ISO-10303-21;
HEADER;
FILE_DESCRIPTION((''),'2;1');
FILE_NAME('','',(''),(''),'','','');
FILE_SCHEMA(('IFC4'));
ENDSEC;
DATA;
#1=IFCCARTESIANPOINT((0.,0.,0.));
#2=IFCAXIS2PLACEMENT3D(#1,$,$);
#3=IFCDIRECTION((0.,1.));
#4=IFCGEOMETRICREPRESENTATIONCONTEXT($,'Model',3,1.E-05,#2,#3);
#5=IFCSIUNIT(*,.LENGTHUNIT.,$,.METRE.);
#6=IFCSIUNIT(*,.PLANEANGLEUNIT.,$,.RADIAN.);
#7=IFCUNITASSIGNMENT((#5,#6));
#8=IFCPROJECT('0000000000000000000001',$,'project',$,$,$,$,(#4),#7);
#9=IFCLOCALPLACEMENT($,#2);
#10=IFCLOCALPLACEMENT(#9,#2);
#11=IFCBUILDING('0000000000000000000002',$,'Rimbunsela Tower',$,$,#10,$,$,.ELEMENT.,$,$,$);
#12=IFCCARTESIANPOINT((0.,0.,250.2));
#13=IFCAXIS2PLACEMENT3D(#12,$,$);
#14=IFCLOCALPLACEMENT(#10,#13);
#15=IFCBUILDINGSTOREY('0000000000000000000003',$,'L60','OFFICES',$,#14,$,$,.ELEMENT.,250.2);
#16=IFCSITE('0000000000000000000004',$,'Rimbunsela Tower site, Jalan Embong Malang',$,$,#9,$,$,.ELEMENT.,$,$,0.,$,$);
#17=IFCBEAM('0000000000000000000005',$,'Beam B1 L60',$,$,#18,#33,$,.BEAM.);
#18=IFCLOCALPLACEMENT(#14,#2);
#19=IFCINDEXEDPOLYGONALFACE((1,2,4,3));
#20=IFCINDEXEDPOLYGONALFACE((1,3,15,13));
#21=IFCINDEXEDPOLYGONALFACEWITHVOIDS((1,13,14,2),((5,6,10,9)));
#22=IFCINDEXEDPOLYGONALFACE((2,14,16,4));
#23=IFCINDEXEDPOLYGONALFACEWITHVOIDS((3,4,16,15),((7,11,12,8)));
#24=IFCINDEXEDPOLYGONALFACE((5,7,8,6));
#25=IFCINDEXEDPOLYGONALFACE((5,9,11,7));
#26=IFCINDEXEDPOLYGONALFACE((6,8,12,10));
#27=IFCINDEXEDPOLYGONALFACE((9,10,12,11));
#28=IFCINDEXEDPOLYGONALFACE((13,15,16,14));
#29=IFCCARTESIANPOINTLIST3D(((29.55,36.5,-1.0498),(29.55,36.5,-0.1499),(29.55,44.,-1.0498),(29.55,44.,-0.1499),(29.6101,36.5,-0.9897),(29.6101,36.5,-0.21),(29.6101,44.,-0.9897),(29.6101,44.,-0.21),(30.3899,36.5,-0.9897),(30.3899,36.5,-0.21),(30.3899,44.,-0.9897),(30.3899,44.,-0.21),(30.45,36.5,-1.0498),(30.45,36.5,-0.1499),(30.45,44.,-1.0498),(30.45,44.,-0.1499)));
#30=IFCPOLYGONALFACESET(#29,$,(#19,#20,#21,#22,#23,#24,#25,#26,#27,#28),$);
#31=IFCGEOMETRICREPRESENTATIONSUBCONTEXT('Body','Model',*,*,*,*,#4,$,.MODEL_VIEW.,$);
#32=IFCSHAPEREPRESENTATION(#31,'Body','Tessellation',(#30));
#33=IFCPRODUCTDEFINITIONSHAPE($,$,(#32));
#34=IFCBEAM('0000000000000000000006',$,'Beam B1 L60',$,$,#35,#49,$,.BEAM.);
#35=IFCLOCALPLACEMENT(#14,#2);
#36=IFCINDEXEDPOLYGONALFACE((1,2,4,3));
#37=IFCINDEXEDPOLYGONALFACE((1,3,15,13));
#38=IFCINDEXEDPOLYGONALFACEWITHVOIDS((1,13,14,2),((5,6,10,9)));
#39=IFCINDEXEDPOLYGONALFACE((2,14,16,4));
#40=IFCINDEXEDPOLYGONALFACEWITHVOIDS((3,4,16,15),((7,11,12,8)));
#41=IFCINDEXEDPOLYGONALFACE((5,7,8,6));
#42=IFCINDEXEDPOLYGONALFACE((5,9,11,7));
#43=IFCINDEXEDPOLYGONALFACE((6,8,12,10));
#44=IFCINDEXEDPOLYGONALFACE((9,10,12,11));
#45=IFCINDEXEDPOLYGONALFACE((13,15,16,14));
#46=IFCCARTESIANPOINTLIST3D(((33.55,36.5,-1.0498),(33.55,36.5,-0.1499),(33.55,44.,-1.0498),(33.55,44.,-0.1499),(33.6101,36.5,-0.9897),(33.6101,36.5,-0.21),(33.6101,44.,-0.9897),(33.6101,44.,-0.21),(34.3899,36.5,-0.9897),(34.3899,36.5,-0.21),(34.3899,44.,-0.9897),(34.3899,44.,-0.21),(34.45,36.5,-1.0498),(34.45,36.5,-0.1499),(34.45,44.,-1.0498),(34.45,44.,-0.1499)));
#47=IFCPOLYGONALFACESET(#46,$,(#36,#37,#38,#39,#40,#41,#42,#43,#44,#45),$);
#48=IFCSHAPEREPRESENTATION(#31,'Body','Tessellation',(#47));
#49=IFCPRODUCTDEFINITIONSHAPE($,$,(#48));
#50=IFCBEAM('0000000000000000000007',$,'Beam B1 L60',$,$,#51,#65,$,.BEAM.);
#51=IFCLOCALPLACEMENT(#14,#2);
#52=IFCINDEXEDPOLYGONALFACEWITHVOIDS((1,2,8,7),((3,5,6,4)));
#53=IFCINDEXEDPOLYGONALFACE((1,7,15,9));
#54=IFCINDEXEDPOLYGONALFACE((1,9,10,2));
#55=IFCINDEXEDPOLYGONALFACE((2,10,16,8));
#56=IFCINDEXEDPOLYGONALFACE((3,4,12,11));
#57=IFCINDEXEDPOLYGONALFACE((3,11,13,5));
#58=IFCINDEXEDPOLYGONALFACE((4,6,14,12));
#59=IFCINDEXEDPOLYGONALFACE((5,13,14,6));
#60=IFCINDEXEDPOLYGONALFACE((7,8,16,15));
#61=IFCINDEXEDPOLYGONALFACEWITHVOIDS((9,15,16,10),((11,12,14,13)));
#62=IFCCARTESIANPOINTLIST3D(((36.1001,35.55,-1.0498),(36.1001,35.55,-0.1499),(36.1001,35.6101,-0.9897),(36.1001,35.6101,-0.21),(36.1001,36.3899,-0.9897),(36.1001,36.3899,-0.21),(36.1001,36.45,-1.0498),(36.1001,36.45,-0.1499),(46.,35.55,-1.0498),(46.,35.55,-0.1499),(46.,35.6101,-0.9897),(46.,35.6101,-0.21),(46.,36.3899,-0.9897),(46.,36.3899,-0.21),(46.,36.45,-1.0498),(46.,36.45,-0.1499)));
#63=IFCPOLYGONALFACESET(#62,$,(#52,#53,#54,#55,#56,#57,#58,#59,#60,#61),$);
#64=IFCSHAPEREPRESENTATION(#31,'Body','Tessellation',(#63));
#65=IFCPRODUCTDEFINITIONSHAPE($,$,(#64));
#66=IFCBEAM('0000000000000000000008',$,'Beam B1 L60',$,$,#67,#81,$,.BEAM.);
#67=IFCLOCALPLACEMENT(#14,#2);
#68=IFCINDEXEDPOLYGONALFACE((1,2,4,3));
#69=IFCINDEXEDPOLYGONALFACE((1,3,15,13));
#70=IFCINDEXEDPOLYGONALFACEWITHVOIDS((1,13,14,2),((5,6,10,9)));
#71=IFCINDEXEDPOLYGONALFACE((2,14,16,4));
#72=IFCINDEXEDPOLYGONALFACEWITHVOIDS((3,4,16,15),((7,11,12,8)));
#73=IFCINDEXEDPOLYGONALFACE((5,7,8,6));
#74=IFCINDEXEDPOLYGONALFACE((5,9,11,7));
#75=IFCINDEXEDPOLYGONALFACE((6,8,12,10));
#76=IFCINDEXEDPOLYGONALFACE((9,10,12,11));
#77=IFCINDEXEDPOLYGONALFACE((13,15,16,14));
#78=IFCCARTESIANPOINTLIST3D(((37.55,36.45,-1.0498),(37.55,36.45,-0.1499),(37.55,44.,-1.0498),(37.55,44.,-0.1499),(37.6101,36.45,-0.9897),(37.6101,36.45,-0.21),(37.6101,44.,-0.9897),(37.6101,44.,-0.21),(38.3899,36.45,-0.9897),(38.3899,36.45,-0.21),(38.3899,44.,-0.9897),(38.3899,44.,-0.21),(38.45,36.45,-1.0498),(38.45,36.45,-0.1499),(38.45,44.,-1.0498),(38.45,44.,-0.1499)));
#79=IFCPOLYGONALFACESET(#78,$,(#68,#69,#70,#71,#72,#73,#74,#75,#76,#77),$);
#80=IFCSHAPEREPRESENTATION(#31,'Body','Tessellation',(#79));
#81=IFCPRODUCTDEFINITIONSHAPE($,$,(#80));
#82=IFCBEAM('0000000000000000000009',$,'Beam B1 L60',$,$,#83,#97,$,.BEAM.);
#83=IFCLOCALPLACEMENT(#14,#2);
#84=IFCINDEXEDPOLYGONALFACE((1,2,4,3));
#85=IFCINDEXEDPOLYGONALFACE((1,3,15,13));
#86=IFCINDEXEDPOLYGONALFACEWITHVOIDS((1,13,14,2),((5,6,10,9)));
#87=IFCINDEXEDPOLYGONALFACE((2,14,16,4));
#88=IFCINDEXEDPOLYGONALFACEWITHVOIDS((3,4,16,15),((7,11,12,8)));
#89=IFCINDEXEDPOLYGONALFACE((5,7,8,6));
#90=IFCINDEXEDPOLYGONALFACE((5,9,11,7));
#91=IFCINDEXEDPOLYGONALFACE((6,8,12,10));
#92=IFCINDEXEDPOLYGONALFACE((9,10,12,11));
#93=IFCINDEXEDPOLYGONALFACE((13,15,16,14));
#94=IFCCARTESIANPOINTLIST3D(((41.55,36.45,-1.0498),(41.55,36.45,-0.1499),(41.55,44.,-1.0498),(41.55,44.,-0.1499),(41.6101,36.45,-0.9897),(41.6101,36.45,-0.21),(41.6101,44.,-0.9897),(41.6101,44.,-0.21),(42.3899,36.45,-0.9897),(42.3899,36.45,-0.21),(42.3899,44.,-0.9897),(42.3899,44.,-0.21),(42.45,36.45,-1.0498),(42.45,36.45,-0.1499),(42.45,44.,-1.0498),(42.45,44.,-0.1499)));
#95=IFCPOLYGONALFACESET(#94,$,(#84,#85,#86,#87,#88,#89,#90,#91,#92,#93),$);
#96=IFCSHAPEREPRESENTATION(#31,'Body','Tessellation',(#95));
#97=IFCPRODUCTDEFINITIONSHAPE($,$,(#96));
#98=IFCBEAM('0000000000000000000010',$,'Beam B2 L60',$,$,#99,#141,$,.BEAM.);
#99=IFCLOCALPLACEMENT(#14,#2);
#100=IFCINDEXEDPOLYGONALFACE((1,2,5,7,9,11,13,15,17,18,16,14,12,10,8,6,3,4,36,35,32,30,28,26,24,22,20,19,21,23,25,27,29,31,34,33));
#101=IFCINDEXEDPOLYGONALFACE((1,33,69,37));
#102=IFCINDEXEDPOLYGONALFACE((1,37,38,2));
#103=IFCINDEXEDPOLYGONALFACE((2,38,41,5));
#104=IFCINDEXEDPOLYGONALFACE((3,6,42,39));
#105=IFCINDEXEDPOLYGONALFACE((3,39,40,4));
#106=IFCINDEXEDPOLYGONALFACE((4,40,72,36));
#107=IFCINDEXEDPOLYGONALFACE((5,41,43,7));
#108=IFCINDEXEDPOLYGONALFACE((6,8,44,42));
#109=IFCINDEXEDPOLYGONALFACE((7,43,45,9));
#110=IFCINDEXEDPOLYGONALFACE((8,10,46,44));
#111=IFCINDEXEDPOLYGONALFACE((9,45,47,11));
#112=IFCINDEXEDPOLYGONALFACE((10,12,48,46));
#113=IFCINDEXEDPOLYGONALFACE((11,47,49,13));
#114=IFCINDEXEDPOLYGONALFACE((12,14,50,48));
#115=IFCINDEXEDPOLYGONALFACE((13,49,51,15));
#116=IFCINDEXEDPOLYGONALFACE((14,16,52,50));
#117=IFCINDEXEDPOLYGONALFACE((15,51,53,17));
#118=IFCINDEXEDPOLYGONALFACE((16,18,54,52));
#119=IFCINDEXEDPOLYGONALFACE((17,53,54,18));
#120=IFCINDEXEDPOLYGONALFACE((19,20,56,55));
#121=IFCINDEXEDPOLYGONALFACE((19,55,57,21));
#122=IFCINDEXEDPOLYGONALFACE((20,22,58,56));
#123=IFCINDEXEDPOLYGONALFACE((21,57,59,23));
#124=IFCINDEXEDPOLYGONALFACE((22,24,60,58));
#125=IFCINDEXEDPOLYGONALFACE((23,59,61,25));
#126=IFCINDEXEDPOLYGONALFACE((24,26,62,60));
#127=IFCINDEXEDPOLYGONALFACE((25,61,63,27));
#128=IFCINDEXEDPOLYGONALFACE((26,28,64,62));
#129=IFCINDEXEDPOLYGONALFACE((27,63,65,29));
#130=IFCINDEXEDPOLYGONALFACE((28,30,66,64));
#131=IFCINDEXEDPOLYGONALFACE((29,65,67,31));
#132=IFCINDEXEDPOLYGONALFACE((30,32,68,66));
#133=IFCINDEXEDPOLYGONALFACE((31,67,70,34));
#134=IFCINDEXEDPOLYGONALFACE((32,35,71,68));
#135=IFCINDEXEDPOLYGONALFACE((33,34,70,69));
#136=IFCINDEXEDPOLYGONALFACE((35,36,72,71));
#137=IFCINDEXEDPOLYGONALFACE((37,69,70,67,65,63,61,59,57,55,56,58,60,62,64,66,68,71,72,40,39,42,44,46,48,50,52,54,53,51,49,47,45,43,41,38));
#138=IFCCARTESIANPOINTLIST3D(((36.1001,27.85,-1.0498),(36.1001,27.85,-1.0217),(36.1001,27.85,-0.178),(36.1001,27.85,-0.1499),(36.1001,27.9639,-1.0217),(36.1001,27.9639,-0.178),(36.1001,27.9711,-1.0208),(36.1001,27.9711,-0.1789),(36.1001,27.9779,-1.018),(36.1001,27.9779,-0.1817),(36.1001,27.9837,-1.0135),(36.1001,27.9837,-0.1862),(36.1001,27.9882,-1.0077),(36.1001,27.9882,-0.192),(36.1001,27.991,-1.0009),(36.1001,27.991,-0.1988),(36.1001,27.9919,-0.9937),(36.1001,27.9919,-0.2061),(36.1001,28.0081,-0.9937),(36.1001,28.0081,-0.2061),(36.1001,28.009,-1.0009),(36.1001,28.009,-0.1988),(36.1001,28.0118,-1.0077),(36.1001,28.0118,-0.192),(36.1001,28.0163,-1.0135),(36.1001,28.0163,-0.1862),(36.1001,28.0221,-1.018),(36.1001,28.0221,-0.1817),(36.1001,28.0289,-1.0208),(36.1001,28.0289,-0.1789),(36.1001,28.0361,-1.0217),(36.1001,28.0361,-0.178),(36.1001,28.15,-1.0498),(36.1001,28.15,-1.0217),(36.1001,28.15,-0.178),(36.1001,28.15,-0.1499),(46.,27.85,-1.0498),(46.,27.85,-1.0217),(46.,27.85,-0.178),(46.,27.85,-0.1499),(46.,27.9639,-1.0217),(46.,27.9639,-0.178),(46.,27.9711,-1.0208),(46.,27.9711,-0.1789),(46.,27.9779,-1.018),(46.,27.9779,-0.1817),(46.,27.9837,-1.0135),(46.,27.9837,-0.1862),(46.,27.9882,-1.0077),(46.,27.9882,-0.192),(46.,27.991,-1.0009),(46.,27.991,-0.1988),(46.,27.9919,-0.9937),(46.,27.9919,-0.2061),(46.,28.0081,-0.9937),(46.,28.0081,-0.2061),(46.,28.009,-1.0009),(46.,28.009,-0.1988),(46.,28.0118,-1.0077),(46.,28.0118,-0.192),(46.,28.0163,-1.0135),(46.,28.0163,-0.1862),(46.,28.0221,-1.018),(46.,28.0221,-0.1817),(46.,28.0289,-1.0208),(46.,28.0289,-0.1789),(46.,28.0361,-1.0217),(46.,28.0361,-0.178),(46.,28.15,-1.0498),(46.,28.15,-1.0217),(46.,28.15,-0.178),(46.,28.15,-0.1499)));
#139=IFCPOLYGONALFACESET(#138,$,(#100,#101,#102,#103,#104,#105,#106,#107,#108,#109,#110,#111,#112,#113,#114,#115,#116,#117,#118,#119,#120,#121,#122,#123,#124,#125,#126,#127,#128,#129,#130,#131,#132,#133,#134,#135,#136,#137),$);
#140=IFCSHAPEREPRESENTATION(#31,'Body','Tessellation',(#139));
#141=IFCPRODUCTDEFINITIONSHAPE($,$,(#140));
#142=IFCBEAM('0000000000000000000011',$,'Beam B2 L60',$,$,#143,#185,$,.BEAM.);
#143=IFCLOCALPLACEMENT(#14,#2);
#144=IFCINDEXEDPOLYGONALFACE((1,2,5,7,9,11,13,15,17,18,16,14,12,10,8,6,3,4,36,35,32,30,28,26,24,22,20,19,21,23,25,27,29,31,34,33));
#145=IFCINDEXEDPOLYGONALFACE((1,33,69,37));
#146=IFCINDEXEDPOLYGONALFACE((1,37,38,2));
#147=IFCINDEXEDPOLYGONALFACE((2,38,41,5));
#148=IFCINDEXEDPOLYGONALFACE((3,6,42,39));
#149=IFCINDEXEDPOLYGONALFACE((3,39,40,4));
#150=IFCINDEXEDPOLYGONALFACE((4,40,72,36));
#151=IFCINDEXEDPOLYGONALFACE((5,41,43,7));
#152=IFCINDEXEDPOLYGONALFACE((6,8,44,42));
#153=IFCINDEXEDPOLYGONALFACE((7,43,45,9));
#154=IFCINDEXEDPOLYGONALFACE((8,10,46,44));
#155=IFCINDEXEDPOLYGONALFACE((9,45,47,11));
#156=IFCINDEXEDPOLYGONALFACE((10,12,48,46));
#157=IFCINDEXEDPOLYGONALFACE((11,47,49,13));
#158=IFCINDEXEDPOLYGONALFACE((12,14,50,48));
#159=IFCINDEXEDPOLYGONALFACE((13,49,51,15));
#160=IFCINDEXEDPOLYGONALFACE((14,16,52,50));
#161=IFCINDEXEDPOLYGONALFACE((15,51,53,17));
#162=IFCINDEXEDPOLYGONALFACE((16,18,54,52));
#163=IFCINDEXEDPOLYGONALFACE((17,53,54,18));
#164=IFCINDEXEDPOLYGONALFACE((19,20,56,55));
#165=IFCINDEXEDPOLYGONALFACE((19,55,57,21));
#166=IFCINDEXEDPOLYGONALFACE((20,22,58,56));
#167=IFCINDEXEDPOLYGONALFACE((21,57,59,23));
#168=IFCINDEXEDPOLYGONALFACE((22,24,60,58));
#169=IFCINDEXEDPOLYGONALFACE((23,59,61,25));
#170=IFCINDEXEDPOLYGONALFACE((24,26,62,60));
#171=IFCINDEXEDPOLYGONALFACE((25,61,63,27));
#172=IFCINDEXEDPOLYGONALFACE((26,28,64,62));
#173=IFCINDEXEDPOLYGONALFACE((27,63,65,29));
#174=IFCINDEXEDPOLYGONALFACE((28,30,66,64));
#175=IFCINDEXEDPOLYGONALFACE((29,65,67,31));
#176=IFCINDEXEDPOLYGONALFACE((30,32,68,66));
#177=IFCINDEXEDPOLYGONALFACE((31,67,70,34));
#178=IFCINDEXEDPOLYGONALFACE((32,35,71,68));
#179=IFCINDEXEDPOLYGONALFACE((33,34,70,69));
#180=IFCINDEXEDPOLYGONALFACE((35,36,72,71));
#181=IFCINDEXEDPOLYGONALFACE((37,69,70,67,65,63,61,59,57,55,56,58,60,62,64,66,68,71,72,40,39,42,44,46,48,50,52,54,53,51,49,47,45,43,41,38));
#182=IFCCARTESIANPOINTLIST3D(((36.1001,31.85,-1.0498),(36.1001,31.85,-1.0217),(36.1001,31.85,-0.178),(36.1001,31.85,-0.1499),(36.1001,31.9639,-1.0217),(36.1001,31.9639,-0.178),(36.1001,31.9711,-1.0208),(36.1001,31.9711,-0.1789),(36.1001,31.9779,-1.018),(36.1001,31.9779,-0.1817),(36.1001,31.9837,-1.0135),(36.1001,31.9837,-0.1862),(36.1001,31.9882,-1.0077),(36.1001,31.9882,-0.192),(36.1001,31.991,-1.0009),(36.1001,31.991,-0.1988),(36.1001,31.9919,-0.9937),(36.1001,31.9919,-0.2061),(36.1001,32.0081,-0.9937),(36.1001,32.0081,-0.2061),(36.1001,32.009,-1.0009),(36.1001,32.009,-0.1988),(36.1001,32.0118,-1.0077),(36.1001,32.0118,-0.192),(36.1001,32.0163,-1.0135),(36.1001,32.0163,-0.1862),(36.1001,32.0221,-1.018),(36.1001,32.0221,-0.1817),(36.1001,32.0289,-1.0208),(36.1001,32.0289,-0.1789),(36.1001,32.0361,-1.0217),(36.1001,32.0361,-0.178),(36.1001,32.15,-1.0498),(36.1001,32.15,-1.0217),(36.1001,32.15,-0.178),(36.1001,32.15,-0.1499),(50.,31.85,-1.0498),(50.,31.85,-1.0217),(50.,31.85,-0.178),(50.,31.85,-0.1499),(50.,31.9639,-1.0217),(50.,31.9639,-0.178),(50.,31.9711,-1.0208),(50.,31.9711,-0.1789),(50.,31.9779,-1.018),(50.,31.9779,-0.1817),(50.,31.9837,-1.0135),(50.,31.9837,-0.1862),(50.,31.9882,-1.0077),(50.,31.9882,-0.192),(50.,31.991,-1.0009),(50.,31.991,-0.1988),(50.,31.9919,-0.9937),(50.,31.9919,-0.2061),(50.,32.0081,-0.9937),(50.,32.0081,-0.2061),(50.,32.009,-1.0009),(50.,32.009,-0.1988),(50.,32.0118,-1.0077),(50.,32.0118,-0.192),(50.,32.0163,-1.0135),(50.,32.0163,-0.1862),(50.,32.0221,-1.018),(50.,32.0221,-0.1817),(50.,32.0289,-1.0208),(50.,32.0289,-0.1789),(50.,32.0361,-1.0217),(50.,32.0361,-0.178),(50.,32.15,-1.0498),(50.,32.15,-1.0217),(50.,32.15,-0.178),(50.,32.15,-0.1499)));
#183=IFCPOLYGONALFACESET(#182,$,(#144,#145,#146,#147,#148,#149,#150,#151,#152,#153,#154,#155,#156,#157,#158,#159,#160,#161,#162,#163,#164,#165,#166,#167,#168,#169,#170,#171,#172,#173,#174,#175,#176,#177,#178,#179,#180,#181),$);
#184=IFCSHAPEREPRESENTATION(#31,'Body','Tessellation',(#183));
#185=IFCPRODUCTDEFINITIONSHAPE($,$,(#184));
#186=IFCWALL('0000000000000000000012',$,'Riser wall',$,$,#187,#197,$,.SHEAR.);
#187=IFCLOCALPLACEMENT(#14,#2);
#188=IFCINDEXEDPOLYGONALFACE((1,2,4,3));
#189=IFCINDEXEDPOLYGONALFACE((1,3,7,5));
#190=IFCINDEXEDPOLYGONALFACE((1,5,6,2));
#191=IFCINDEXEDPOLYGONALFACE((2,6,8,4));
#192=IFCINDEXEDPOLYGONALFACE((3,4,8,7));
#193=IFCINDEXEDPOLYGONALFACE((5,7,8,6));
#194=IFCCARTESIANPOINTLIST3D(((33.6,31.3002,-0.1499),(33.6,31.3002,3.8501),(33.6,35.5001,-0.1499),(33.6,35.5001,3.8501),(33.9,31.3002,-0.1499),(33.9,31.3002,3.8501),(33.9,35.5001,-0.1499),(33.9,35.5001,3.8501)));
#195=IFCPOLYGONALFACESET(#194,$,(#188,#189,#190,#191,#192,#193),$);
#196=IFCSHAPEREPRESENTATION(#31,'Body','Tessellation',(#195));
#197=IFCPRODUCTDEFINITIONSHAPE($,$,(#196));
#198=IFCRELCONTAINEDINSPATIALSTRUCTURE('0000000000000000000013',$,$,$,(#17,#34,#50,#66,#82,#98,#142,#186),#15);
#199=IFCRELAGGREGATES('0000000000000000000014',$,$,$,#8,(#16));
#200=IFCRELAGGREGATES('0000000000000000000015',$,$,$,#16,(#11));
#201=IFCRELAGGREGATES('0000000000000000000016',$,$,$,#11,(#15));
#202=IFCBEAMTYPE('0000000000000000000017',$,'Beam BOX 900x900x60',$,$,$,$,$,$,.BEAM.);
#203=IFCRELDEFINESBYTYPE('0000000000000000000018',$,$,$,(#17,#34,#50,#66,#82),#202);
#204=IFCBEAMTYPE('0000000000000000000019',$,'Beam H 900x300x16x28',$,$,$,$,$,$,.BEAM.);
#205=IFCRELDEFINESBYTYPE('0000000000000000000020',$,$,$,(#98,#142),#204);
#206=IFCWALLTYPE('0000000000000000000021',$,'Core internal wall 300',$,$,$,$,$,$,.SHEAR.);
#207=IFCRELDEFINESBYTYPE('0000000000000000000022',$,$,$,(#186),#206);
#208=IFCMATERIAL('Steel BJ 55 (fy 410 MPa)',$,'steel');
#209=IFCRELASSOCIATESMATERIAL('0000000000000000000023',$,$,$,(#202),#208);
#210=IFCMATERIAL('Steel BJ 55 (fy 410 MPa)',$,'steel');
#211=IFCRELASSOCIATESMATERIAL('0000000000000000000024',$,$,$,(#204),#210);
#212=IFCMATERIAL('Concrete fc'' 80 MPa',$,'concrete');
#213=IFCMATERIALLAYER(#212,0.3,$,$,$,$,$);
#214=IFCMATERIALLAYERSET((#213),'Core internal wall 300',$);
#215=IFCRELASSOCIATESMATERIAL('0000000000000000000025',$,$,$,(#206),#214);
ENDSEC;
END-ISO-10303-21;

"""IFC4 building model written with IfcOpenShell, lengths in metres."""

from ifc_helpers import new_model, si_unit, direction, frame, frame_2d, origin, origin_2d, place, context, subcontext, project, spatial, rectangle, hollow_rectangle, i_section, extrude, material, layer, layer_set, material_profile, profile_set, type_object, element, save


model = new_model("IFC4")

# Units and contexts
model_context = context("Model", 3, precision=1e-05, world=origin(), true_north=direction((0.0, 1.0)))
body_context = subcontext(model_context, "Body", "Model", "MODEL_VIEW")
ifc_project = project(units=[si_unit("LENGTHUNIT", "METRE"), si_unit("PLANEANGLEUNIT", "RADIAN")], contexts=[model_context])

# Site, building, storey
site_placement = place(None, origin())
site = spatial("IfcSite", under=ifc_project, at=site_placement, Name="Rimbunsela Tower site, Jalan Embong Malang", CompositionType="ELEMENT", RefElevation=0.0)
building_placement = place(site_placement, origin())
building = spatial("IfcBuilding", under=site, at=building_placement, Name="Rimbunsela Tower", CompositionType="ELEMENT")
storey_placement = place(building_placement, frame((0.0, 0.0, 250.2)))
storey = spatial("IfcBuildingStorey", under=building, at=storey_placement, Name="L60", Description="OFFICES", CompositionType="ELEMENT", Elevation=250.2)

# Beams
ifc_material_1 = material(Name="Steel BJ 55 (fy 410 MPa)", Category="steel")
ifc_material_profile_1 = material_profile(ifc_material_1, hollow_rectangle(XDim=0.8999, YDim=0.8999, WallThickness=0.0601, at=origin_2d()), Name="BOX 900x900x60")
ifc_profile_set_1 = profile_set([ifc_material_profile_1], Name="Steel BJ 55 (fy 410 MPa)")
beam_type_1 = type_object("IfcBeamType", Name="Beam BOX 900x900x60", PredefinedType="BEAM", material=ifc_profile_set_1)
for number, where, z_axis, x_axis, name in (
    (1, (30.0, 36.5, -0.5999), (0.0, 1.0, 0.0), (-1.0, 0.0, 0.0), "Beam B1 L60"),
    (2, (34.0, 36.5, -0.5999), (0.0, 1.0, 0.0), (-1.0, 0.0, 0.0), "Beam B1 L60"),
):
    element("IfcBeam", number, at=place(storey_placement, frame(where, z_axis=z_axis, x_axis=x_axis)), inside=storey, type_object=beam_type_1, Name=name, PredefinedType="BEAM", context=body_context, shape_type="SweptSolid", body=[
        extrude(hollow_rectangle(XDim=0.8999, YDim=0.8999, WallThickness=0.0601, at=origin_2d()), origin(), (0.0, 0.0, 1.0), 7.5),
    ])
beam_1_placement = place(storey_placement, frame((36.1001, 36.0, -0.5999), z_axis=(1.0, 0.0, 0.0), x_axis=(0.0, 1.0, 0.0)))
element("IfcBeam", 3, at=beam_1_placement, inside=storey, type_object=beam_type_1, Name="Beam B1 L60", PredefinedType="BEAM", context=body_context, shape_type="SweptSolid", body=[
    extrude(hollow_rectangle(XDim=0.8999, YDim=0.8999, WallThickness=0.0601, at=origin_2d()), origin(), (0.0, 0.0, 1.0), 9.8999),
])
for number, where, z_axis, x_axis, name in (
    (4, (38.0, 36.45, -0.5999), (0.0, 1.0, 0.0), (-1.0, 0.0, 0.0), "Beam B1 L60"),
    (5, (42.0, 36.45, -0.5999), (0.0, 1.0, 0.0), (-1.0, 0.0, 0.0), "Beam B1 L60"),
):
    element("IfcBeam", number, at=place(storey_placement, frame(where, z_axis=z_axis, x_axis=x_axis)), inside=storey, type_object=beam_type_1, Name=name, PredefinedType="BEAM", context=body_context, shape_type="SweptSolid", body=[
        extrude(hollow_rectangle(XDim=0.8999, YDim=0.8999, WallThickness=0.0601, at=origin_2d()), origin(), (0.0, 0.0, 1.0), 7.55),
    ])
ifc_material_2 = material(Name="Steel BJ 55 (fy 410 MPa)", Category="steel")
ifc_material_profile_2 = material_profile(ifc_material_2, i_section(OverallWidth=0.3, OverallDepth=0.8999, WebThickness=0.0161, FlangeThickness=0.0281, FilletRadius=0.0281, at=origin_2d()), Name="H 900x300x16x28")
ifc_profile_set_2 = profile_set([ifc_material_profile_2], Name="Steel BJ 55 (fy 410 MPa)")
beam_type_2 = type_object("IfcBeamType", Name="Beam H 900x300x16x28", PredefinedType="BEAM", material=ifc_profile_set_2)
beam_2_placement = place(storey_placement, frame((36.1001, 28.0, -0.5999), z_axis=(1.0, 0.0, 0.0), x_axis=(0.0, 1.0, 0.0)))
element("IfcBeam", 6, at=beam_2_placement, inside=storey, type_object=beam_type_2, Name="Beam B2 L60", PredefinedType="BEAM", context=body_context, shape_type="SweptSolid", body=[
    extrude(i_section(OverallWidth=0.3, OverallDepth=0.8999, WebThickness=0.0161, FlangeThickness=0.0281, FilletRadius=0.0281, at=origin_2d()), origin(), (0.0, 0.0, 1.0), 9.8999),
])
beam_3_placement = place(storey_placement, frame((36.1001, 32.0, -0.5999), z_axis=(1.0, 0.0, 0.0), x_axis=(0.0, 1.0, 0.0)))
element("IfcBeam", 7, at=beam_3_placement, inside=storey, type_object=beam_type_2, Name="Beam B2 L60", PredefinedType="BEAM", context=body_context, shape_type="SweptSolid", body=[
    extrude(i_section(OverallWidth=0.3, OverallDepth=0.8999, WebThickness=0.0161, FlangeThickness=0.0281, FilletRadius=0.0281, at=origin_2d()), origin(), (0.0, 0.0, 1.0), 13.8999),
])

# Wall
ifc_material_3 = material(Name="Concrete fc' 80 MPa", Category="concrete")
ifc_layer_1 = layer(ifc_material_3, 0.3)
ifc_layer_set_1 = layer_set([ifc_layer_1], Name="Core internal wall 300")
wall_type_1 = type_object("IfcWallType", Name="Core internal wall 300", PredefinedType="SHEAR", material=ifc_layer_set_1)
wall_1_placement = place(storey_placement, frame((33.75, 31.3, -0.1499), z_axis=(0.0, 0.0, 1.0), x_axis=(0.0, 1.0, 0.0)))
element("IfcWall", 8, at=wall_1_placement, inside=storey, type_object=wall_type_1, Name="Riser wall", PredefinedType="SHEAR", context=body_context, shape_type="SweptSolid", body=[
    extrude(rectangle(XDim=4.2, YDim=0.3, at=frame_2d((2.1001, 0.0))), origin(), (0.0, 0.0, 1.0), 4.0),
])

save(model, "model.ifc")
